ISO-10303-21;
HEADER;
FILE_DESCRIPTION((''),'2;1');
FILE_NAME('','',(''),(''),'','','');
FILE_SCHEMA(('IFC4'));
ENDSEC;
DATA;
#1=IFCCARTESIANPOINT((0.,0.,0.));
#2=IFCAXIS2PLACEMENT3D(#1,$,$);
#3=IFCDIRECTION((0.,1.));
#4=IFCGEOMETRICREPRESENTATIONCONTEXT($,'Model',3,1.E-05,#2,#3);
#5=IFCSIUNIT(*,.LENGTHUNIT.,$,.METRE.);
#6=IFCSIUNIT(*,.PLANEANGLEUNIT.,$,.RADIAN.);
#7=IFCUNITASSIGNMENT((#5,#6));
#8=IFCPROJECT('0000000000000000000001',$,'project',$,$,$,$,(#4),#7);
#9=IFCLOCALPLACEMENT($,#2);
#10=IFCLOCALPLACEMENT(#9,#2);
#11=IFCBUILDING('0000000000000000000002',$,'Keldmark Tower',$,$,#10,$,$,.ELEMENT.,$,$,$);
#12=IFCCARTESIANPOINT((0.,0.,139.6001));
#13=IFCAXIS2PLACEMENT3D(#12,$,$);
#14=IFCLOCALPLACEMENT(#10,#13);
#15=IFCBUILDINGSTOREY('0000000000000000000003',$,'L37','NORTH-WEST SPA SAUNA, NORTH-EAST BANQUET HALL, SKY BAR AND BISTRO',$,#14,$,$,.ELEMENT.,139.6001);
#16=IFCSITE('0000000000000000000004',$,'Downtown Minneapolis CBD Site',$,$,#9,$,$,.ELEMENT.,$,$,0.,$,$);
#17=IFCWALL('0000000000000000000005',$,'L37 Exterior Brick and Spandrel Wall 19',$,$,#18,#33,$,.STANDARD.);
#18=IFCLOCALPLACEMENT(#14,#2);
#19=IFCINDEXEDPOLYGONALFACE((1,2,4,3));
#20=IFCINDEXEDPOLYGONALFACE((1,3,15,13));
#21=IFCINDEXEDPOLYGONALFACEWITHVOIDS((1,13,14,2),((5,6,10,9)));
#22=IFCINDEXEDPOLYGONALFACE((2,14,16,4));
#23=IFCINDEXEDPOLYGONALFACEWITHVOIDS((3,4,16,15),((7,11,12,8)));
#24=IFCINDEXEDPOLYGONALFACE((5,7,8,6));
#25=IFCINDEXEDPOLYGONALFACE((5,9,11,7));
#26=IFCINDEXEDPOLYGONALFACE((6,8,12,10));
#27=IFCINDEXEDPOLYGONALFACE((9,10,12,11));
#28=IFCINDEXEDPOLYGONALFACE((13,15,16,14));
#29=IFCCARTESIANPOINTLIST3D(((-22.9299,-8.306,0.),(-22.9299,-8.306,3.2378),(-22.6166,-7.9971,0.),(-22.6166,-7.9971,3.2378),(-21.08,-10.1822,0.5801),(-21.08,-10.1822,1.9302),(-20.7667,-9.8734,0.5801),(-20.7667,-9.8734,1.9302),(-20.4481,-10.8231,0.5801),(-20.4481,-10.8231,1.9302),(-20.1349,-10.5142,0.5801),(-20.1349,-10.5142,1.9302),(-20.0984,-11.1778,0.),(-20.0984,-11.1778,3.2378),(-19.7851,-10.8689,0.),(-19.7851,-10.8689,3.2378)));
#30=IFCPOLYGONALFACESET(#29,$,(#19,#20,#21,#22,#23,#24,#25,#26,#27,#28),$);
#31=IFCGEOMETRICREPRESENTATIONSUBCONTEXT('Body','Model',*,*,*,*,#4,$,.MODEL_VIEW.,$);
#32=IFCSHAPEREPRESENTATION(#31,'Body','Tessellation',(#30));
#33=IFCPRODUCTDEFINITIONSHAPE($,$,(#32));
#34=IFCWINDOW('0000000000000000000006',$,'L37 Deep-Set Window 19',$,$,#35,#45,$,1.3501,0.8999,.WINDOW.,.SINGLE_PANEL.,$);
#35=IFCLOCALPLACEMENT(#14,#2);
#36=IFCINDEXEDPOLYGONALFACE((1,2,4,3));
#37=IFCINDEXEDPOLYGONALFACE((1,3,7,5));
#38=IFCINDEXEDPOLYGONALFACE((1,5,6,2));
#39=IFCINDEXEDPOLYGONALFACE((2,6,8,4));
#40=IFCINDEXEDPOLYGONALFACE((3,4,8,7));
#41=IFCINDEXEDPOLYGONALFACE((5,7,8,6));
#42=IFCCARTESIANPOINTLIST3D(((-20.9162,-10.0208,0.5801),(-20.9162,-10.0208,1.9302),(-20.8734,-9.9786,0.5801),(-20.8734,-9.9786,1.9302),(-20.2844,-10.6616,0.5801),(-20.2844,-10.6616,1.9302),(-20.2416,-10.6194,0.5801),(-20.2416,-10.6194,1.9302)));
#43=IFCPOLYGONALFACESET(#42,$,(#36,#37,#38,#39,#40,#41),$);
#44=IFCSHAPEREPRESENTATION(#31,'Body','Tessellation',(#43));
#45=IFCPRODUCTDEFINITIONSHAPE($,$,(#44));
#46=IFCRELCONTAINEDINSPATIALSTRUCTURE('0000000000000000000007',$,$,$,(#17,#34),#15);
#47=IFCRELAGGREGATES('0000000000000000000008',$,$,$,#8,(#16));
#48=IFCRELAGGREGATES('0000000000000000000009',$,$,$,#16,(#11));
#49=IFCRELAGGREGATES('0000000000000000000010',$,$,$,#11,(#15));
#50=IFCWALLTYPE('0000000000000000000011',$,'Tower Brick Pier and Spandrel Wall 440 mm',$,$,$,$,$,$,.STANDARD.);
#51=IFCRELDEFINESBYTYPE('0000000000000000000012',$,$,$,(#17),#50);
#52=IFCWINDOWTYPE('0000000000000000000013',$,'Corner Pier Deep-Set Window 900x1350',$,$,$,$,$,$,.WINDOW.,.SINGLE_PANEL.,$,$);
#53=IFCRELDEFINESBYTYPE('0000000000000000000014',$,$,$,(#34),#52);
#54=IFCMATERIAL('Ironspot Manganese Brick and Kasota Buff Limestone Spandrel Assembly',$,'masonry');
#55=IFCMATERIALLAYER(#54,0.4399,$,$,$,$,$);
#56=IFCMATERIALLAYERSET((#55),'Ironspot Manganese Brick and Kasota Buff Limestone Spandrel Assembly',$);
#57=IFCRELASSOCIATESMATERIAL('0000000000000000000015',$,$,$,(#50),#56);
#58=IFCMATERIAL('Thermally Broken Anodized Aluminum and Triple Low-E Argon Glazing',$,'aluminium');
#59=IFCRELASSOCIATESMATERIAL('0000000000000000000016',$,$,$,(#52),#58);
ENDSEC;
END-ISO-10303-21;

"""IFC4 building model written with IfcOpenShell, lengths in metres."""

from ifc_helpers import new_model, si_unit, direction, frame, frame_2d, origin, place, context, subcontext, project, spatial, rectangle, extrude, material, layer, layer_set, type_object, element, fill, save


model = new_model("IFC4")

# Units and contexts
model_context = context("Model", 3, precision=1e-05, world=origin(), true_north=direction((0.0, 1.0)))
body_context = subcontext(model_context, "Body", "Model", "MODEL_VIEW")
ifc_project = project(units=[si_unit("LENGTHUNIT", "METRE"), si_unit("PLANEANGLEUNIT", "RADIAN")], contexts=[model_context])

# Site, building, storey
site_placement = place(None, origin())
site = spatial("IfcSite", under=ifc_project, at=site_placement, Name="Downtown Minneapolis CBD Site", CompositionType="ELEMENT", RefElevation=0.0)
building_placement = place(site_placement, origin())
building = spatial("IfcBuilding", under=site, at=building_placement, Name="Keldmark Tower", CompositionType="ELEMENT")
storey_placement = place(building_placement, frame((0.0, 0.0, 139.6001)))
storey = spatial("IfcBuildingStorey", under=building, at=storey_placement, Name="L37", Description="NORTH-WEST SPA SAUNA, NORTH-EAST BANQUET HALL, SKY BAR AND BISTRO", CompositionType="ELEMENT", Elevation=139.6001)

# Wall, opening, window
ifc_material_1 = material(Name="Ironspot Manganese Brick and Kasota Buff Limestone Spandrel Assembly", Category="masonry")
ifc_layer_1 = layer(ifc_material_1, 0.4399)
ifc_layer_set_1 = layer_set([ifc_layer_1], Name="Ironspot Manganese Brick and Kasota Buff Limestone Spandrel Assembly")
wall_type_1 = type_object("IfcWallType", Name="Tower Brick Pier and Spandrel Wall 440 mm", PredefinedType="STANDARD", material=ifc_layer_set_1)
ifc_material_2 = material(Name="Thermally Broken Anodized Aluminum and Triple Low-E Argon Glazing", Category="aluminium")
window_type = type_object("IfcWindowType", Name="Corner Pier Deep-Set Window 900x1350", PartitioningType="SINGLE_PANEL", PredefinedType="WINDOW", material=ifc_material_2)
wall_1_placement = place(storey_placement, frame((-19.9417, -11.0234, 0.0), z_axis=(0.0, 0.0, 1.0), x_axis=(-0.702095, 0.712083, 0.0)))
wall_1 = element("IfcWall", 1, at=wall_1_placement, inside=storey, type_object=wall_type_1, Name="L37 Exterior Brick and Spandrel Wall 19", PredefinedType="STANDARD", context=body_context, shape_type="SweptSolid", body=[
    extrude(rectangle(XDim=4.033, YDim=0.4399, at=frame_2d((2.0166, 0.0))), origin(), (0.0, 0.0, 1.0), 3.2378),
])
opening_1_placement = place(wall_1_placement, frame((0.4983, 0.0, 0.5801)))
opening_1 = element("IfcOpeningElement", 2, at=opening_1_placement, cuts=wall_1, PredefinedType="OPENING", context=body_context, shape_type="SweptSolid", body=[
    extrude(rectangle(XDim=0.8999, YDim=1.3501, at=frame_2d((0.45, 0.675))), frame((0.0, 0.23, 0.0), z_axis=(0.0, -1.0, 0.0), x_axis=(1.0, 0.0, 0.0)), (0.0, 0.0, 1.0), 0.46),
])
window_1_placement = place(opening_1_placement, origin())
window_1 = element("IfcWindow", 3, at=window_1_placement, inside=storey, type_object=window_type, Name="L37 Deep-Set Window 19", OverallHeight=1.3501, OverallWidth=0.8999, PartitioningType="SINGLE_PANEL", PredefinedType="WINDOW", context=body_context, shape_type="SweptSolid", body=[
    extrude(rectangle(XDim=0.8999, YDim=1.3501, at=frame_2d((0.45, 0.675))), frame((0.0, -0.01, 0.0), z_axis=(0.0, -1.0, 0.0), x_axis=(1.0, 0.0, 0.0)), (0.0, 0.0, 1.0), 0.0601),
])
fill(opening_1, window_1)

save(model, "model.ifc")
